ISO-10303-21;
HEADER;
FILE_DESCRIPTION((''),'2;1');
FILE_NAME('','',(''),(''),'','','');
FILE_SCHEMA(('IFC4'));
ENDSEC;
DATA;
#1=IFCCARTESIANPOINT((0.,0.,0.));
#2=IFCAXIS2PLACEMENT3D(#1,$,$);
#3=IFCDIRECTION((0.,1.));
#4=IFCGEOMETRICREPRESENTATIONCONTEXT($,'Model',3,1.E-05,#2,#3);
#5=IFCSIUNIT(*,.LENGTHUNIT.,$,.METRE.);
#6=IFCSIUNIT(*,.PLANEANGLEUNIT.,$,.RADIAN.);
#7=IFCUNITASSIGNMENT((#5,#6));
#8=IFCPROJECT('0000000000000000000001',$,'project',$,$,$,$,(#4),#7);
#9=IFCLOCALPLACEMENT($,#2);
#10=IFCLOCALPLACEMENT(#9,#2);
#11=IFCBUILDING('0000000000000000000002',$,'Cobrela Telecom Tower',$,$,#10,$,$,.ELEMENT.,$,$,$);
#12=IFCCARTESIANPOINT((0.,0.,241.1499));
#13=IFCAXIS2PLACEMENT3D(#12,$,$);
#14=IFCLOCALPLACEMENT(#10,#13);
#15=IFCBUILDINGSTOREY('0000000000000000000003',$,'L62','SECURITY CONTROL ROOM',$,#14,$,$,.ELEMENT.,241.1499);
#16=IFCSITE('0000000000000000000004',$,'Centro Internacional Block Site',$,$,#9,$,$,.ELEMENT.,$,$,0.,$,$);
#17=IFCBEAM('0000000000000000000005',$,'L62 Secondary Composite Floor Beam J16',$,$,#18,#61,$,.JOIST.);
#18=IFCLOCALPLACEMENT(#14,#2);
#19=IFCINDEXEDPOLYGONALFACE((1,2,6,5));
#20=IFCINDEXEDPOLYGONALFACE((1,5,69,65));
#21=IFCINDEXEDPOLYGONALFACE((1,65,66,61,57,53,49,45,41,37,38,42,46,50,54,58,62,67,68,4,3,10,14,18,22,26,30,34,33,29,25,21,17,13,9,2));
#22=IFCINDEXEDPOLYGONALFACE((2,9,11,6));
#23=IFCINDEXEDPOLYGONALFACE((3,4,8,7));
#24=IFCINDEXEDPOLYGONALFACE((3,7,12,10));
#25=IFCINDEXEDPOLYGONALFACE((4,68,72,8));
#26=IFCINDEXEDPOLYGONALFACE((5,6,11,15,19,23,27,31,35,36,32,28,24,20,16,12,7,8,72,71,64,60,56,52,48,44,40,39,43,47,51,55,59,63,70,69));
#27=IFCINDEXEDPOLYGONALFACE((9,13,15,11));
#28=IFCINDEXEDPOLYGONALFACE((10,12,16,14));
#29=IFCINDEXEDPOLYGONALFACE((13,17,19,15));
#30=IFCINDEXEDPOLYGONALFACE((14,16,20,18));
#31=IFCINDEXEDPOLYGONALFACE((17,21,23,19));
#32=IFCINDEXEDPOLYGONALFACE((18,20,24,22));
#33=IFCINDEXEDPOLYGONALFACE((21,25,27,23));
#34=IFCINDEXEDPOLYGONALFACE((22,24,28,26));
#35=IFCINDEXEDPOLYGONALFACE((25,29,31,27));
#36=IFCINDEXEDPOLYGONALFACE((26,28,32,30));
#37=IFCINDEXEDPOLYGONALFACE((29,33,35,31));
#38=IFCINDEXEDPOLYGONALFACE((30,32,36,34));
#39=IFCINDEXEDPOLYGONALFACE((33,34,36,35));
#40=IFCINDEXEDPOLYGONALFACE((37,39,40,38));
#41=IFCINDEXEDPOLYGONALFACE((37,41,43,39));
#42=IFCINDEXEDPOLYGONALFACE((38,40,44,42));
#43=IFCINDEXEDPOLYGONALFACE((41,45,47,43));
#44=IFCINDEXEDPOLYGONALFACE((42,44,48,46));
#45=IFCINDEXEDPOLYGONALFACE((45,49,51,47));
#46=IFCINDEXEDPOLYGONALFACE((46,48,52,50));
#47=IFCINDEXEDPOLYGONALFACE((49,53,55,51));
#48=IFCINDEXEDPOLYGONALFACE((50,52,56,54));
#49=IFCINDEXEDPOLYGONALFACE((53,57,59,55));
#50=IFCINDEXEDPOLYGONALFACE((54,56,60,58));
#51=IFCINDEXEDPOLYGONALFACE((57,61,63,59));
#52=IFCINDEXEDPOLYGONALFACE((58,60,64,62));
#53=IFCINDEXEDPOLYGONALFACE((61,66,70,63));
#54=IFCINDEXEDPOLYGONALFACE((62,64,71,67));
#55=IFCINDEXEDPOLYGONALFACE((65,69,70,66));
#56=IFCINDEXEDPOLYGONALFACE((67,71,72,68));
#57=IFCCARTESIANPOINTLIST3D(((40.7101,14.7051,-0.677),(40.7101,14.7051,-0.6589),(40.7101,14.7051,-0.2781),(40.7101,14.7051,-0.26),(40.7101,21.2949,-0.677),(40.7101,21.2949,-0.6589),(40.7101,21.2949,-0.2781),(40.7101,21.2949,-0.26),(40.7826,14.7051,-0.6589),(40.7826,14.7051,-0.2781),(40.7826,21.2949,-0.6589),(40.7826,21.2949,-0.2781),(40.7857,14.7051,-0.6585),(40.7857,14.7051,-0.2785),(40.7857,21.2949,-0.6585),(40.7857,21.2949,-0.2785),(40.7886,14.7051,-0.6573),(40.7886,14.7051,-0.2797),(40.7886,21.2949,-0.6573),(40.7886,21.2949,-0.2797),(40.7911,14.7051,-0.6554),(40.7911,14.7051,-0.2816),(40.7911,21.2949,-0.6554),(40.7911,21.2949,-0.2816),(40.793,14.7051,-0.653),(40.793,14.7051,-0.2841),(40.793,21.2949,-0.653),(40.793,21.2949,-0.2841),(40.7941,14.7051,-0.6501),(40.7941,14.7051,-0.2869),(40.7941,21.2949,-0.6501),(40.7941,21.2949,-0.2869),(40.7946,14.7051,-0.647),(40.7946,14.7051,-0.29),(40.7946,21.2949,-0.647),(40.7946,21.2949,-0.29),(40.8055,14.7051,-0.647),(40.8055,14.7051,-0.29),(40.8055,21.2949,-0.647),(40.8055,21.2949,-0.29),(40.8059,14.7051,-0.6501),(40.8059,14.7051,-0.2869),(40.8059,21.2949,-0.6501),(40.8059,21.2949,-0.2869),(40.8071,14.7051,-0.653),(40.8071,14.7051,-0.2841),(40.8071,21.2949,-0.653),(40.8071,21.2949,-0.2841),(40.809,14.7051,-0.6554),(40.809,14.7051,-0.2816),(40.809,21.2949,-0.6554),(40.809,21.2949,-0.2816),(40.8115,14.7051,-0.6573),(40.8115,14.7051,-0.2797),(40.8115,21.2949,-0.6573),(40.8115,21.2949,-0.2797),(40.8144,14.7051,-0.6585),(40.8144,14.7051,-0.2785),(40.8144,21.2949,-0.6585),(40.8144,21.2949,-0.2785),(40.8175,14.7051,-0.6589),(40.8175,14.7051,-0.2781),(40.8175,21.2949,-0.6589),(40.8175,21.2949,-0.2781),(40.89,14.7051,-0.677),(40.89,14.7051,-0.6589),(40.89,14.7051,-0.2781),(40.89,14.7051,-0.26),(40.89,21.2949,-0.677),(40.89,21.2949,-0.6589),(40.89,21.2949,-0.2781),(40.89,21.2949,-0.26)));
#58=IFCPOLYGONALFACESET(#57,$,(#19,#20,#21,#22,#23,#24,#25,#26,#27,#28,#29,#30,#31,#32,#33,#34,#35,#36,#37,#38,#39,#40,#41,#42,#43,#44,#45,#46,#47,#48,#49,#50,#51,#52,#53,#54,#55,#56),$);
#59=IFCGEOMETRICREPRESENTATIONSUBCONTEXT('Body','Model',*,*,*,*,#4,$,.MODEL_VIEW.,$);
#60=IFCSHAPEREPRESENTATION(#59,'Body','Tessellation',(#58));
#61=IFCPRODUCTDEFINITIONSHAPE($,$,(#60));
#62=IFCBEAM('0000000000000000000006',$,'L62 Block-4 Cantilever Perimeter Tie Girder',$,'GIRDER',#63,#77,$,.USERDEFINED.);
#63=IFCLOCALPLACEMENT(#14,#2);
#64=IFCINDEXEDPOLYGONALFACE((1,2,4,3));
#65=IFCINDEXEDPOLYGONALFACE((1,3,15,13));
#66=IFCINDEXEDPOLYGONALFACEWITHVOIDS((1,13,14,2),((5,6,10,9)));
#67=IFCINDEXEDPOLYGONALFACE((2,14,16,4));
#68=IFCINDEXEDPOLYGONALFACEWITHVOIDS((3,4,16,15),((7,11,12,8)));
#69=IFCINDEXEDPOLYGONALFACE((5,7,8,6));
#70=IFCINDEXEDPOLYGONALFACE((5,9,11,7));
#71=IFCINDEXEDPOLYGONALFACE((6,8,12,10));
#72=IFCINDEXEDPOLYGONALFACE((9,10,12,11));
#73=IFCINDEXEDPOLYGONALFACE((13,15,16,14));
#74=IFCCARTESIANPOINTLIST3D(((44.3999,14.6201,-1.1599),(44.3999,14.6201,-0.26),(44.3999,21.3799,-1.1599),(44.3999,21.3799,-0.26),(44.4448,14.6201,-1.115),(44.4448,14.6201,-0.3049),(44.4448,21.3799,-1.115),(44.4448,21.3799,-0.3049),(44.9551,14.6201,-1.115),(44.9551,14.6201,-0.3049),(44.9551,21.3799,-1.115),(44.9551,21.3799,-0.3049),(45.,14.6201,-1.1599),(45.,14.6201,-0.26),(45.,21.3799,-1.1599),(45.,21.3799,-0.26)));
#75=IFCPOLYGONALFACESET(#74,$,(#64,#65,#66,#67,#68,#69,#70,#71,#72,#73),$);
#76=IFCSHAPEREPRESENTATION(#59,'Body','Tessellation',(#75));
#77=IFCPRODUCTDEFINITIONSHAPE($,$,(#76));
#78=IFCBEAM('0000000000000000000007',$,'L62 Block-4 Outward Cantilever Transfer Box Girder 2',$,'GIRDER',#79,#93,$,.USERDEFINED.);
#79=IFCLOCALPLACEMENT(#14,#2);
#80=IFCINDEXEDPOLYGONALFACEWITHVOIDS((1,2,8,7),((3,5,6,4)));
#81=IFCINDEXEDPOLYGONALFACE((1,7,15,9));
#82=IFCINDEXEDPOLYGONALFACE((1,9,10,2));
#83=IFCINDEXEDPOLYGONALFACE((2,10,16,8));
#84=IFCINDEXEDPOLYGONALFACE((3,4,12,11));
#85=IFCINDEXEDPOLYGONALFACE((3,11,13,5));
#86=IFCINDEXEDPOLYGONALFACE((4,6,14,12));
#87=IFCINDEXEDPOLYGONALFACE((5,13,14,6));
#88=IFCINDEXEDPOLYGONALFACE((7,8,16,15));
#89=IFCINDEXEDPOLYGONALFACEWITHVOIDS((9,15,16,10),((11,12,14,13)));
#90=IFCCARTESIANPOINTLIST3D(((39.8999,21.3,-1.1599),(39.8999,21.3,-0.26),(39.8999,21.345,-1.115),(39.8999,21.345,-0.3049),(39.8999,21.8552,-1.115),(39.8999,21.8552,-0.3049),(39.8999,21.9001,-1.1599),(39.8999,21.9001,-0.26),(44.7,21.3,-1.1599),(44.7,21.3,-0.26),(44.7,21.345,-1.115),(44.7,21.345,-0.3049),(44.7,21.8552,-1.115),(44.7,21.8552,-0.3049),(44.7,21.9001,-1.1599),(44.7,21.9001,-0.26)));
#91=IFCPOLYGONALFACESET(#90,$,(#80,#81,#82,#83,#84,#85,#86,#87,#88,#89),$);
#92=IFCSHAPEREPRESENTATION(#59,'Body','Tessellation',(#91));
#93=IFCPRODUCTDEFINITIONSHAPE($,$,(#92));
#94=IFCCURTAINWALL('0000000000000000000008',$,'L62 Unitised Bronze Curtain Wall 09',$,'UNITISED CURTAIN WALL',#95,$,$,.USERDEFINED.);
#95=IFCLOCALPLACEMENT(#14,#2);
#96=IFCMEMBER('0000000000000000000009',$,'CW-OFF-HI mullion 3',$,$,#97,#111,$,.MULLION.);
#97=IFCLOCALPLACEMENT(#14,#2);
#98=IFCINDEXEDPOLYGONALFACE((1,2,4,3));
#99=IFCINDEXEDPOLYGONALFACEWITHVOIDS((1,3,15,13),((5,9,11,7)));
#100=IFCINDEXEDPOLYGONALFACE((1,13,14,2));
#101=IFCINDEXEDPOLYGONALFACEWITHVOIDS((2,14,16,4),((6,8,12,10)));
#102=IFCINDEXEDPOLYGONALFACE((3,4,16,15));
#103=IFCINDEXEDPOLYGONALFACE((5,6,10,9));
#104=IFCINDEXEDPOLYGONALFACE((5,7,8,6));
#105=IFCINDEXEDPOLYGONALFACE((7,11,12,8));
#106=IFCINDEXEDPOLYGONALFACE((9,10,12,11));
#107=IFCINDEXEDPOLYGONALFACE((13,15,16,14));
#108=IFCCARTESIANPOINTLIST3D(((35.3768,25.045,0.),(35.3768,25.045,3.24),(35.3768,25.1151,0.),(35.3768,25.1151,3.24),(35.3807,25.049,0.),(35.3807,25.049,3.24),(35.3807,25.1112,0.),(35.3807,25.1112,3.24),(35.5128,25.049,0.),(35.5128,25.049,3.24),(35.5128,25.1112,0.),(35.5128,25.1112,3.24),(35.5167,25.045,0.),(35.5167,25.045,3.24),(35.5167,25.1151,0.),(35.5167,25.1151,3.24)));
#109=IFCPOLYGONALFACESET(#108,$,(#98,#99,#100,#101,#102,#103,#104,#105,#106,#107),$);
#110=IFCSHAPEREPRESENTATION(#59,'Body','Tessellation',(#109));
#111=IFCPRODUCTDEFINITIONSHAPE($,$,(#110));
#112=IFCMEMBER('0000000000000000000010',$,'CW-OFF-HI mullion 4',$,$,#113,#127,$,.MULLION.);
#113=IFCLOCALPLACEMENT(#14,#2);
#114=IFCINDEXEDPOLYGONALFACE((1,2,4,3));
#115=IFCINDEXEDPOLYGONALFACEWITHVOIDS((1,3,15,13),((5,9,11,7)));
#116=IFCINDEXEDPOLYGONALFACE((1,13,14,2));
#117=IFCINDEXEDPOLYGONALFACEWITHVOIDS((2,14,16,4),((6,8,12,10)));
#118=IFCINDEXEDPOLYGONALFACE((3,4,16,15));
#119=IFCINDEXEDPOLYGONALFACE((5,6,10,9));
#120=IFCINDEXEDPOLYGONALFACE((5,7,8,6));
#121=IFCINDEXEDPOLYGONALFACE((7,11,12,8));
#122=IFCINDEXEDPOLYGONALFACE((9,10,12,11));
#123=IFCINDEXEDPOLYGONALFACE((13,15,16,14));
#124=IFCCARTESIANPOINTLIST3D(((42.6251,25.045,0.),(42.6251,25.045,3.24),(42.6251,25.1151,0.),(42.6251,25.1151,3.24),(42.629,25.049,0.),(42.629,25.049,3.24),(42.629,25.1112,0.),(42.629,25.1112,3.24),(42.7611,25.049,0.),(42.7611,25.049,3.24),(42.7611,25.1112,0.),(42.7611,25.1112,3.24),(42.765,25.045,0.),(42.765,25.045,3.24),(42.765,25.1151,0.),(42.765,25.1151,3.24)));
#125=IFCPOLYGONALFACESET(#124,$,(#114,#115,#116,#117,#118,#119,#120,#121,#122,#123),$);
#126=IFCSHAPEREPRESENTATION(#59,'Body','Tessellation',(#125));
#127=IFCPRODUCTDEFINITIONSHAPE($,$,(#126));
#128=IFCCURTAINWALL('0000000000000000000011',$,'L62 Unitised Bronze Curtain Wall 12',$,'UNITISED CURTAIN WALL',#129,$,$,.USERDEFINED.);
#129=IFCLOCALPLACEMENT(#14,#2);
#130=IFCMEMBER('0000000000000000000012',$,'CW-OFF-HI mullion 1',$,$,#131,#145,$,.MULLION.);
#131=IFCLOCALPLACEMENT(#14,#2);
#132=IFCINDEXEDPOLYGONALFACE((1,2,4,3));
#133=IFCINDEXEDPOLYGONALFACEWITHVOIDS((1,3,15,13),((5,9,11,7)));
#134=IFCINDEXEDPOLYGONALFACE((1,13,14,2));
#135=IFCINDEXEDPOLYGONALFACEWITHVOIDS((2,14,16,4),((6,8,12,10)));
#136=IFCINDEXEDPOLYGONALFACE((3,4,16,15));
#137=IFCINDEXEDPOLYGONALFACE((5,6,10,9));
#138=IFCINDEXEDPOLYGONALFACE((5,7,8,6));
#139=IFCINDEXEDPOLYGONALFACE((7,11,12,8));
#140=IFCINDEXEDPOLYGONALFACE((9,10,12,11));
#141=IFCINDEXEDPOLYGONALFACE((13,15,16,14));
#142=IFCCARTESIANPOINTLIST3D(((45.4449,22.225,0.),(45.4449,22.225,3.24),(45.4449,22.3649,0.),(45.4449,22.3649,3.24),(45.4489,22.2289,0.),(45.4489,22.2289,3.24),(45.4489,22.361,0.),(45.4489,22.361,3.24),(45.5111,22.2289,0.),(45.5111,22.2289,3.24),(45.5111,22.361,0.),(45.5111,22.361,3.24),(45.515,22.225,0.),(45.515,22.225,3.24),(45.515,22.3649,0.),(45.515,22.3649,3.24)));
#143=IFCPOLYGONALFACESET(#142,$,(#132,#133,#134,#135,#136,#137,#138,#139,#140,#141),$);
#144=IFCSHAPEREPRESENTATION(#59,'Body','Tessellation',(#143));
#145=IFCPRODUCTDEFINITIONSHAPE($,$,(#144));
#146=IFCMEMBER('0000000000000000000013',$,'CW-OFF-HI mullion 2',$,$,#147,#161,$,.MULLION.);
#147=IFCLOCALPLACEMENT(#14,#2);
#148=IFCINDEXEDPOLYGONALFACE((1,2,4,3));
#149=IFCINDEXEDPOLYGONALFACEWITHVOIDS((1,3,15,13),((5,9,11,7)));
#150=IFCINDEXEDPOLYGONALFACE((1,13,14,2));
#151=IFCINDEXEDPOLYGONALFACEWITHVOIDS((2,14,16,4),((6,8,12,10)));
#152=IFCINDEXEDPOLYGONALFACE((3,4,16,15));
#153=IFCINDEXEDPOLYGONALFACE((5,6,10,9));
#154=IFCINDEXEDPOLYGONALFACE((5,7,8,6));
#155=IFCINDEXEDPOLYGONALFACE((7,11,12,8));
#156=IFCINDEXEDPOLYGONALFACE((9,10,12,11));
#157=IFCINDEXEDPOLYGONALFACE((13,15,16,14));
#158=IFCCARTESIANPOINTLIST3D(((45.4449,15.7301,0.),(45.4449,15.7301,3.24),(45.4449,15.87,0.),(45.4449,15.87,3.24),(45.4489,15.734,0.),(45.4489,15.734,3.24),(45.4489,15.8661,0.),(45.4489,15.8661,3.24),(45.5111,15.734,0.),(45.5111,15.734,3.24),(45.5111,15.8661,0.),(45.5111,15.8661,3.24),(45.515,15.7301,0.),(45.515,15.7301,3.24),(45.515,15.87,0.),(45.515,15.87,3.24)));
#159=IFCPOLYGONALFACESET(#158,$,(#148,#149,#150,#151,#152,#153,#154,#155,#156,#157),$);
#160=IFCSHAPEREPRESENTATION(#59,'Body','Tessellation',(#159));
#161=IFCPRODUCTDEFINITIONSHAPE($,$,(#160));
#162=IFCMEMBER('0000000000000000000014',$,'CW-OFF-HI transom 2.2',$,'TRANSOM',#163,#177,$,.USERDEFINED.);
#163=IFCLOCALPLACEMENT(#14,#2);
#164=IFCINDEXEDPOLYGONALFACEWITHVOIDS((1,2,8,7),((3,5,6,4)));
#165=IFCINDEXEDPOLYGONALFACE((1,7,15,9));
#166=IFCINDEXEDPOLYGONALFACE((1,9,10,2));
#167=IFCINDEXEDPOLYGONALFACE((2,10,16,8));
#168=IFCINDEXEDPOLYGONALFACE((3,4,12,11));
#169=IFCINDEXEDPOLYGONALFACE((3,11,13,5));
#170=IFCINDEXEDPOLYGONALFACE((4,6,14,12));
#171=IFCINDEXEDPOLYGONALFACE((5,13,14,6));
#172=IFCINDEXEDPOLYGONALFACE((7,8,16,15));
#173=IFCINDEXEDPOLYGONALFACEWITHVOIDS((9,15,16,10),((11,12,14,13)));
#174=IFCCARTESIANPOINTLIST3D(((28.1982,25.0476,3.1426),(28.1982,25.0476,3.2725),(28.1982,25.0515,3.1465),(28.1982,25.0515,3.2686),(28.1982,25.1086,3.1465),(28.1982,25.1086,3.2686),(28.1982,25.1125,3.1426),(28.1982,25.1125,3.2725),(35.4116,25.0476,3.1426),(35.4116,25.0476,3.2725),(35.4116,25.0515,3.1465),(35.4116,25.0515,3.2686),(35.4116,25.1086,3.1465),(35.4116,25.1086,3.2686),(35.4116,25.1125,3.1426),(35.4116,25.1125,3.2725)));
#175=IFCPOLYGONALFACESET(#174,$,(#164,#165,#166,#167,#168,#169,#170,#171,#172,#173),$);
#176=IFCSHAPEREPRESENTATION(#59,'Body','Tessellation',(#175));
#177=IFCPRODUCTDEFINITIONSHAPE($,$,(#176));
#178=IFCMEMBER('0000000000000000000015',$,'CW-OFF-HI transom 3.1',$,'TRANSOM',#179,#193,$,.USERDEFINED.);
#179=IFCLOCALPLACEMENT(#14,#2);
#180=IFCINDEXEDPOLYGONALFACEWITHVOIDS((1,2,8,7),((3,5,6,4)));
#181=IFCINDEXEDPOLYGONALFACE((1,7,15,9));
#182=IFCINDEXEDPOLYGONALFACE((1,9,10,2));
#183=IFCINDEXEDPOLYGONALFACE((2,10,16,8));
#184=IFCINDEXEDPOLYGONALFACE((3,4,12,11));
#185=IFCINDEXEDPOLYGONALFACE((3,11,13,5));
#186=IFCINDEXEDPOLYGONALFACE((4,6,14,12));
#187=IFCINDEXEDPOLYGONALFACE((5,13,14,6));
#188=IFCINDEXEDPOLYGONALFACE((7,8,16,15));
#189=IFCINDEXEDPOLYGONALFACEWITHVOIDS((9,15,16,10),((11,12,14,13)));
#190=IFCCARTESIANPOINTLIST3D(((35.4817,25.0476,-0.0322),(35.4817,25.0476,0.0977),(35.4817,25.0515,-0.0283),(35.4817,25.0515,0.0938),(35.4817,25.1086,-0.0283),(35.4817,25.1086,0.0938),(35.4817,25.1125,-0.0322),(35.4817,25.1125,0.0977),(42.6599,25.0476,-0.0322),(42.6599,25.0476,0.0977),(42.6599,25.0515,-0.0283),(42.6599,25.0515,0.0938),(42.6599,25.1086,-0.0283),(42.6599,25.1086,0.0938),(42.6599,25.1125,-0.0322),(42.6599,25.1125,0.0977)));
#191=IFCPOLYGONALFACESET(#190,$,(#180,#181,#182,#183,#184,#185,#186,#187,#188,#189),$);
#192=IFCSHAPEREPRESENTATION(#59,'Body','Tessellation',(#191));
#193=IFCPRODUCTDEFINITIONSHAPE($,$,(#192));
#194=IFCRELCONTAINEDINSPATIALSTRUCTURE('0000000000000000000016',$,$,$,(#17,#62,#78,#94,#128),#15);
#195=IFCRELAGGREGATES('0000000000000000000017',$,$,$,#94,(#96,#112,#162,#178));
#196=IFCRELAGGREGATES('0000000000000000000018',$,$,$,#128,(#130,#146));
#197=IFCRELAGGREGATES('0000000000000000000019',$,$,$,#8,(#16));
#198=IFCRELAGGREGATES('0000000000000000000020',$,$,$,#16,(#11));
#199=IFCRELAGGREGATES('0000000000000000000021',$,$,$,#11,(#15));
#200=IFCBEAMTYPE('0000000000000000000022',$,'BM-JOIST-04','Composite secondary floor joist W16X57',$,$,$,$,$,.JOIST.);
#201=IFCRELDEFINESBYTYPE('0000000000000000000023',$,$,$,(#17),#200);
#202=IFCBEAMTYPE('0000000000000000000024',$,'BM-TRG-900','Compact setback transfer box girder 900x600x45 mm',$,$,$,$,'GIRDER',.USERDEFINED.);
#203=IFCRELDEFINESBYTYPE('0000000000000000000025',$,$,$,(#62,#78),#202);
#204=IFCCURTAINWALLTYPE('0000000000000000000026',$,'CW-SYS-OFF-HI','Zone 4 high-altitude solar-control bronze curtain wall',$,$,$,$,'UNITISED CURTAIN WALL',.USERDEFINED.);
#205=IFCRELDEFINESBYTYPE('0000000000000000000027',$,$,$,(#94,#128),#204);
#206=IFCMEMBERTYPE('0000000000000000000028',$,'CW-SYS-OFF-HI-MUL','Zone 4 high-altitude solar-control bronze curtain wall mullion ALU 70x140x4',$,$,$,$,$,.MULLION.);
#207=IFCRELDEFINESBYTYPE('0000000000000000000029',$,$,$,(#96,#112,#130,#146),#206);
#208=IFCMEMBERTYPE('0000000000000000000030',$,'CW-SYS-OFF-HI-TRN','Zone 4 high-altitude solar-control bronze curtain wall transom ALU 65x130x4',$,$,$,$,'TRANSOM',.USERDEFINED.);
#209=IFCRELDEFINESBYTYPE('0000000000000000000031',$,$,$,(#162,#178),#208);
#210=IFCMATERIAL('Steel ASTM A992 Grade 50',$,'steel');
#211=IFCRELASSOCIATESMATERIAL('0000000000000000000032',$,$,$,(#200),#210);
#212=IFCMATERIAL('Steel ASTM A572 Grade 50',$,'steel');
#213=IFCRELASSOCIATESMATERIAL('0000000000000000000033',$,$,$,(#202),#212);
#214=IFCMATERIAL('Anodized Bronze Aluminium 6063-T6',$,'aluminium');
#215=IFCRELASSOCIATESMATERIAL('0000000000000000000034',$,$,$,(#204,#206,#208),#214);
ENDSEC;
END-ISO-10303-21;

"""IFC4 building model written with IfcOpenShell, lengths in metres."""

from ifc_helpers import new_model, si_unit, direction, frame, origin, origin_2d, place, context, subcontext, project, spatial, hollow_rectangle, i_section, extrude, material, material_profile, profile_set, type_object, element, aggregate, save


model = new_model("IFC4")

# Units and contexts
model_context = context("Model", 3, precision=1e-05, world=origin(), true_north=direction((0.0, 1.0)))
body_context = subcontext(model_context, "Body", "Model", "MODEL_VIEW")
ifc_project = project(units=[si_unit("LENGTHUNIT", "METRE"), si_unit("PLANEANGLEUNIT", "RADIAN")], contexts=[model_context])

# Site, building, storey
site_placement = place(None, origin())
site = spatial("IfcSite", under=ifc_project, at=site_placement, Name="Centro Internacional Block Site", CompositionType="ELEMENT", RefElevation=0.0)
building_placement = place(site_placement, origin())
building = spatial("IfcBuilding", under=site, at=building_placement, Name="Cobrela Telecom Tower", CompositionType="ELEMENT")
storey_placement = place(building_placement, frame((0.0, 0.0, 241.1499)))
storey = spatial("IfcBuildingStorey", under=building, at=storey_placement, Name="L62", Description="SECURITY CONTROL ROOM", CompositionType="ELEMENT", Elevation=241.1499)

# Shared definitions
ifc_material_1 = material(Name="Steel ASTM A992 Grade 50", Category="steel")
ifc_material_2 = material(Name="Steel ASTM A572 Grade 50", Category="steel")

# Beams
ifc_material_profile_1 = material_profile(ifc_material_1, i_section(OverallWidth=0.1799, OverallDepth=0.417, WebThickness=0.011, FlangeThickness=0.0181, FilletRadius=0.012, at=origin_2d()), Name="W16X57")
ifc_profile_set_1 = profile_set([ifc_material_profile_1], Name="Steel ASTM A992 Grade 50")
beam_type_1 = type_object("IfcBeamType", Name="BM-JOIST-04", Description="Composite secondary floor joist W16X57", PredefinedType="JOIST", material=ifc_profile_set_1)
beam_1_placement = place(storey_placement, frame((40.8, 14.7051, -0.4685), z_axis=(0.0, 1.0, 0.0), x_axis=(-1.0, 0.0, 0.0)))
element("IfcBeam", 1, at=beam_1_placement, inside=storey, type_object=beam_type_1, Name="L62 Secondary Composite Floor Beam J16", PredefinedType="JOIST", context=body_context, shape_type="SweptSolid", body=[
    extrude(i_section(OverallWidth=0.1799, OverallDepth=0.417, WebThickness=0.011, FlangeThickness=0.0181, FilletRadius=0.012, at=origin_2d()), origin(), (0.0, 0.0, 1.0), 6.5898),
])
ifc_material_profile_2 = material_profile(ifc_material_2, hollow_rectangle(XDim=0.6001, YDim=0.8999, WallThickness=0.0449, at=origin_2d()), Name="BOX 900x600x45")
ifc_profile_set_2 = profile_set([ifc_material_profile_2], Name="Steel ASTM A572 Grade 50")
beam_type_2 = type_object("IfcBeamType", Name="BM-TRG-900", Description="Compact setback transfer box girder 900x600x45 mm", ElementType="GIRDER", PredefinedType="USERDEFINED", material=ifc_profile_set_2)
beam_2_placement = place(storey_placement, frame((44.7, 14.6201, -0.71), z_axis=(0.0, 1.0, 0.0), x_axis=(-1.0, 0.0, 0.0)))
element("IfcBeam", 2, at=beam_2_placement, inside=storey, type_object=beam_type_2, Name="L62 Block-4 Cantilever Perimeter Tie Girder", ObjectType="GIRDER", PredefinedType="USERDEFINED", context=body_context, shape_type="SweptSolid", body=[
    extrude(hollow_rectangle(XDim=0.6001, YDim=0.8999, WallThickness=0.0449, at=origin_2d()), origin(), (0.0, 0.0, 1.0), 6.7598),
])
beam_3_placement = place(storey_placement, frame((39.8999, 21.6001, -0.71), z_axis=(1.0, 0.0, 0.0), x_axis=(0.0, 1.0, 0.0)))
element("IfcBeam", 3, at=beam_3_placement, inside=storey, type_object=beam_type_2, Name="L62 Block-4 Outward Cantilever Transfer Box Girder 2", ObjectType="GIRDER", PredefinedType="USERDEFINED", context=body_context, shape_type="SweptSolid", body=[
    extrude(hollow_rectangle(XDim=0.6001, YDim=0.8999, WallThickness=0.0449, at=origin_2d()), origin(), (0.0, 0.0, 1.0), 4.8),
])

# Curtain walls, members
ifc_material_3 = material(Name="Anodized Bronze Aluminium 6063-T6", Category="aluminium")
curtain_wall_type = type_object("IfcCurtainWallType", Name="CW-SYS-OFF-HI", Description="Zone 4 high-altitude solar-control bronze curtain wall", ElementType="UNITISED CURTAIN WALL", PredefinedType="USERDEFINED", material=ifc_material_3)
curtain_wall_1_placement = place(storey_placement, origin())
curtain_wall_1 = element("IfcCurtainWall", 4, at=curtain_wall_1_placement, inside=storey, type_object=curtain_wall_type, Name="L62 Unitised Bronze Curtain Wall 09", ObjectType="UNITISED CURTAIN WALL", PredefinedType="USERDEFINED")
ifc_material_profile_3 = material_profile(ifc_material_3, hollow_rectangle(XDim=0.0701, YDim=0.1399, WallThickness=0.0039, at=origin_2d()), Name="ALU 70x140x4")
ifc_profile_set_3 = profile_set([ifc_material_profile_3], Name="Anodized Bronze Aluminium 6063-T6")
member_type_1 = type_object("IfcMemberType", Name="CW-SYS-OFF-HI-MUL", Description="Zone 4 high-altitude solar-control bronze curtain wall mullion ALU 70x140x4", PredefinedType="MULLION", material=ifc_profile_set_3)
member_1_placement = place(storey_placement, frame((35.4468, 25.0801, 0.0), z_axis=(0.0, 0.0, 1.0), x_axis=(0.0, 1.0, 0.0)))
member_1 = element("IfcMember", 5, at=member_1_placement, type_object=member_type_1, Name="CW-OFF-HI mullion 3", PredefinedType="MULLION", context=body_context, shape_type="SweptSolid", body=[
    extrude(hollow_rectangle(XDim=0.0701, YDim=0.1399, WallThickness=0.0039, at=origin_2d()), origin(), (0.0, 0.0, 1.0), 3.24),
])
member_2_placement = place(storey_placement, frame((42.6951, 25.0801, 0.0), z_axis=(0.0, 0.0, 1.0), x_axis=(0.0, 1.0, 0.0)))
member_2 = element("IfcMember", 6, at=member_2_placement, type_object=member_type_1, Name="CW-OFF-HI mullion 4", PredefinedType="MULLION", context=body_context, shape_type="SweptSolid", body=[
    extrude(hollow_rectangle(XDim=0.0701, YDim=0.1399, WallThickness=0.0039, at=origin_2d()), origin(), (0.0, 0.0, 1.0), 3.24),
])
curtain_wall_2_placement = place(storey_placement, origin())
curtain_wall_2 = element("IfcCurtainWall", 7, at=curtain_wall_2_placement, inside=storey, type_object=curtain_wall_type, Name="L62 Unitised Bronze Curtain Wall 12", ObjectType="UNITISED CURTAIN WALL", PredefinedType="USERDEFINED")
member_3_placement = place(storey_placement, frame((45.48, 22.2949, 0.0), z_axis=(0.0, 0.0, 1.0), x_axis=(1.0, 0.0, 0.0)))
member_3 = element("IfcMember", 8, at=member_3_placement, type_object=member_type_1, Name="CW-OFF-HI mullion 1", PredefinedType="MULLION", context=body_context, shape_type="SweptSolid", body=[
    extrude(hollow_rectangle(XDim=0.0701, YDim=0.1399, WallThickness=0.0039, at=origin_2d()), origin(), (0.0, 0.0, 1.0), 3.24),
])
member_4_placement = place(storey_placement, frame((45.48, 15.8, 0.0), z_axis=(0.0, 0.0, 1.0), x_axis=(1.0, 0.0, 0.0)))
member_4 = element("IfcMember", 9, at=member_4_placement, type_object=member_type_1, Name="CW-OFF-HI mullion 2", PredefinedType="MULLION", context=body_context, shape_type="SweptSolid", body=[
    extrude(hollow_rectangle(XDim=0.0701, YDim=0.1399, WallThickness=0.0039, at=origin_2d()), origin(), (0.0, 0.0, 1.0), 3.24),
])

# Members
ifc_material_profile_4 = material_profile(ifc_material_3, hollow_rectangle(XDim=0.0649, YDim=0.1299, WallThickness=0.0039, at=origin_2d()), Name="ALU 65x130x4")
ifc_profile_set_4 = profile_set([ifc_material_profile_4], Name="Anodized Bronze Aluminium 6063-T6")
member_type_2 = type_object("IfcMemberType", Name="CW-SYS-OFF-HI-TRN", Description="Zone 4 high-altitude solar-control bronze curtain wall transom ALU 65x130x4", ElementType="TRANSOM", PredefinedType="USERDEFINED", material=ifc_profile_set_4)
member_5_placement = place(storey_placement, frame((28.1982, 25.0801, 3.2075), z_axis=(1.0, 0.0, 0.0), x_axis=(0.0, 1.0, 0.0)))
member_5 = element("IfcMember", 10, at=member_5_placement, type_object=member_type_2, Name="CW-OFF-HI transom 2.2", ObjectType="TRANSOM", PredefinedType="USERDEFINED", context=body_context, shape_type="SweptSolid", body=[
    extrude(hollow_rectangle(XDim=0.0649, YDim=0.1299, WallThickness=0.0039, at=origin_2d()), origin(), (0.0, 0.0, 1.0), 7.2134),
])
member_6_placement = place(storey_placement, frame((35.4817, 25.0801, 0.0327), z_axis=(1.0, 0.0, 0.0), x_axis=(0.0, 1.0, 0.0)))
member_6 = element("IfcMember", 11, at=member_6_placement, type_object=member_type_2, Name="CW-OFF-HI transom 3.1", ObjectType="TRANSOM", PredefinedType="USERDEFINED", context=body_context, shape_type="SweptSolid", body=[
    extrude(hollow_rectangle(XDim=0.0649, YDim=0.1299, WallThickness=0.0039, at=origin_2d()), origin(), (0.0, 0.0, 1.0), 7.1782),
])

aggregate(curtain_wall_1, [member_1, member_2, member_5, member_6])
aggregate(curtain_wall_2, [member_3, member_4])

save(model, "model.ifc")
